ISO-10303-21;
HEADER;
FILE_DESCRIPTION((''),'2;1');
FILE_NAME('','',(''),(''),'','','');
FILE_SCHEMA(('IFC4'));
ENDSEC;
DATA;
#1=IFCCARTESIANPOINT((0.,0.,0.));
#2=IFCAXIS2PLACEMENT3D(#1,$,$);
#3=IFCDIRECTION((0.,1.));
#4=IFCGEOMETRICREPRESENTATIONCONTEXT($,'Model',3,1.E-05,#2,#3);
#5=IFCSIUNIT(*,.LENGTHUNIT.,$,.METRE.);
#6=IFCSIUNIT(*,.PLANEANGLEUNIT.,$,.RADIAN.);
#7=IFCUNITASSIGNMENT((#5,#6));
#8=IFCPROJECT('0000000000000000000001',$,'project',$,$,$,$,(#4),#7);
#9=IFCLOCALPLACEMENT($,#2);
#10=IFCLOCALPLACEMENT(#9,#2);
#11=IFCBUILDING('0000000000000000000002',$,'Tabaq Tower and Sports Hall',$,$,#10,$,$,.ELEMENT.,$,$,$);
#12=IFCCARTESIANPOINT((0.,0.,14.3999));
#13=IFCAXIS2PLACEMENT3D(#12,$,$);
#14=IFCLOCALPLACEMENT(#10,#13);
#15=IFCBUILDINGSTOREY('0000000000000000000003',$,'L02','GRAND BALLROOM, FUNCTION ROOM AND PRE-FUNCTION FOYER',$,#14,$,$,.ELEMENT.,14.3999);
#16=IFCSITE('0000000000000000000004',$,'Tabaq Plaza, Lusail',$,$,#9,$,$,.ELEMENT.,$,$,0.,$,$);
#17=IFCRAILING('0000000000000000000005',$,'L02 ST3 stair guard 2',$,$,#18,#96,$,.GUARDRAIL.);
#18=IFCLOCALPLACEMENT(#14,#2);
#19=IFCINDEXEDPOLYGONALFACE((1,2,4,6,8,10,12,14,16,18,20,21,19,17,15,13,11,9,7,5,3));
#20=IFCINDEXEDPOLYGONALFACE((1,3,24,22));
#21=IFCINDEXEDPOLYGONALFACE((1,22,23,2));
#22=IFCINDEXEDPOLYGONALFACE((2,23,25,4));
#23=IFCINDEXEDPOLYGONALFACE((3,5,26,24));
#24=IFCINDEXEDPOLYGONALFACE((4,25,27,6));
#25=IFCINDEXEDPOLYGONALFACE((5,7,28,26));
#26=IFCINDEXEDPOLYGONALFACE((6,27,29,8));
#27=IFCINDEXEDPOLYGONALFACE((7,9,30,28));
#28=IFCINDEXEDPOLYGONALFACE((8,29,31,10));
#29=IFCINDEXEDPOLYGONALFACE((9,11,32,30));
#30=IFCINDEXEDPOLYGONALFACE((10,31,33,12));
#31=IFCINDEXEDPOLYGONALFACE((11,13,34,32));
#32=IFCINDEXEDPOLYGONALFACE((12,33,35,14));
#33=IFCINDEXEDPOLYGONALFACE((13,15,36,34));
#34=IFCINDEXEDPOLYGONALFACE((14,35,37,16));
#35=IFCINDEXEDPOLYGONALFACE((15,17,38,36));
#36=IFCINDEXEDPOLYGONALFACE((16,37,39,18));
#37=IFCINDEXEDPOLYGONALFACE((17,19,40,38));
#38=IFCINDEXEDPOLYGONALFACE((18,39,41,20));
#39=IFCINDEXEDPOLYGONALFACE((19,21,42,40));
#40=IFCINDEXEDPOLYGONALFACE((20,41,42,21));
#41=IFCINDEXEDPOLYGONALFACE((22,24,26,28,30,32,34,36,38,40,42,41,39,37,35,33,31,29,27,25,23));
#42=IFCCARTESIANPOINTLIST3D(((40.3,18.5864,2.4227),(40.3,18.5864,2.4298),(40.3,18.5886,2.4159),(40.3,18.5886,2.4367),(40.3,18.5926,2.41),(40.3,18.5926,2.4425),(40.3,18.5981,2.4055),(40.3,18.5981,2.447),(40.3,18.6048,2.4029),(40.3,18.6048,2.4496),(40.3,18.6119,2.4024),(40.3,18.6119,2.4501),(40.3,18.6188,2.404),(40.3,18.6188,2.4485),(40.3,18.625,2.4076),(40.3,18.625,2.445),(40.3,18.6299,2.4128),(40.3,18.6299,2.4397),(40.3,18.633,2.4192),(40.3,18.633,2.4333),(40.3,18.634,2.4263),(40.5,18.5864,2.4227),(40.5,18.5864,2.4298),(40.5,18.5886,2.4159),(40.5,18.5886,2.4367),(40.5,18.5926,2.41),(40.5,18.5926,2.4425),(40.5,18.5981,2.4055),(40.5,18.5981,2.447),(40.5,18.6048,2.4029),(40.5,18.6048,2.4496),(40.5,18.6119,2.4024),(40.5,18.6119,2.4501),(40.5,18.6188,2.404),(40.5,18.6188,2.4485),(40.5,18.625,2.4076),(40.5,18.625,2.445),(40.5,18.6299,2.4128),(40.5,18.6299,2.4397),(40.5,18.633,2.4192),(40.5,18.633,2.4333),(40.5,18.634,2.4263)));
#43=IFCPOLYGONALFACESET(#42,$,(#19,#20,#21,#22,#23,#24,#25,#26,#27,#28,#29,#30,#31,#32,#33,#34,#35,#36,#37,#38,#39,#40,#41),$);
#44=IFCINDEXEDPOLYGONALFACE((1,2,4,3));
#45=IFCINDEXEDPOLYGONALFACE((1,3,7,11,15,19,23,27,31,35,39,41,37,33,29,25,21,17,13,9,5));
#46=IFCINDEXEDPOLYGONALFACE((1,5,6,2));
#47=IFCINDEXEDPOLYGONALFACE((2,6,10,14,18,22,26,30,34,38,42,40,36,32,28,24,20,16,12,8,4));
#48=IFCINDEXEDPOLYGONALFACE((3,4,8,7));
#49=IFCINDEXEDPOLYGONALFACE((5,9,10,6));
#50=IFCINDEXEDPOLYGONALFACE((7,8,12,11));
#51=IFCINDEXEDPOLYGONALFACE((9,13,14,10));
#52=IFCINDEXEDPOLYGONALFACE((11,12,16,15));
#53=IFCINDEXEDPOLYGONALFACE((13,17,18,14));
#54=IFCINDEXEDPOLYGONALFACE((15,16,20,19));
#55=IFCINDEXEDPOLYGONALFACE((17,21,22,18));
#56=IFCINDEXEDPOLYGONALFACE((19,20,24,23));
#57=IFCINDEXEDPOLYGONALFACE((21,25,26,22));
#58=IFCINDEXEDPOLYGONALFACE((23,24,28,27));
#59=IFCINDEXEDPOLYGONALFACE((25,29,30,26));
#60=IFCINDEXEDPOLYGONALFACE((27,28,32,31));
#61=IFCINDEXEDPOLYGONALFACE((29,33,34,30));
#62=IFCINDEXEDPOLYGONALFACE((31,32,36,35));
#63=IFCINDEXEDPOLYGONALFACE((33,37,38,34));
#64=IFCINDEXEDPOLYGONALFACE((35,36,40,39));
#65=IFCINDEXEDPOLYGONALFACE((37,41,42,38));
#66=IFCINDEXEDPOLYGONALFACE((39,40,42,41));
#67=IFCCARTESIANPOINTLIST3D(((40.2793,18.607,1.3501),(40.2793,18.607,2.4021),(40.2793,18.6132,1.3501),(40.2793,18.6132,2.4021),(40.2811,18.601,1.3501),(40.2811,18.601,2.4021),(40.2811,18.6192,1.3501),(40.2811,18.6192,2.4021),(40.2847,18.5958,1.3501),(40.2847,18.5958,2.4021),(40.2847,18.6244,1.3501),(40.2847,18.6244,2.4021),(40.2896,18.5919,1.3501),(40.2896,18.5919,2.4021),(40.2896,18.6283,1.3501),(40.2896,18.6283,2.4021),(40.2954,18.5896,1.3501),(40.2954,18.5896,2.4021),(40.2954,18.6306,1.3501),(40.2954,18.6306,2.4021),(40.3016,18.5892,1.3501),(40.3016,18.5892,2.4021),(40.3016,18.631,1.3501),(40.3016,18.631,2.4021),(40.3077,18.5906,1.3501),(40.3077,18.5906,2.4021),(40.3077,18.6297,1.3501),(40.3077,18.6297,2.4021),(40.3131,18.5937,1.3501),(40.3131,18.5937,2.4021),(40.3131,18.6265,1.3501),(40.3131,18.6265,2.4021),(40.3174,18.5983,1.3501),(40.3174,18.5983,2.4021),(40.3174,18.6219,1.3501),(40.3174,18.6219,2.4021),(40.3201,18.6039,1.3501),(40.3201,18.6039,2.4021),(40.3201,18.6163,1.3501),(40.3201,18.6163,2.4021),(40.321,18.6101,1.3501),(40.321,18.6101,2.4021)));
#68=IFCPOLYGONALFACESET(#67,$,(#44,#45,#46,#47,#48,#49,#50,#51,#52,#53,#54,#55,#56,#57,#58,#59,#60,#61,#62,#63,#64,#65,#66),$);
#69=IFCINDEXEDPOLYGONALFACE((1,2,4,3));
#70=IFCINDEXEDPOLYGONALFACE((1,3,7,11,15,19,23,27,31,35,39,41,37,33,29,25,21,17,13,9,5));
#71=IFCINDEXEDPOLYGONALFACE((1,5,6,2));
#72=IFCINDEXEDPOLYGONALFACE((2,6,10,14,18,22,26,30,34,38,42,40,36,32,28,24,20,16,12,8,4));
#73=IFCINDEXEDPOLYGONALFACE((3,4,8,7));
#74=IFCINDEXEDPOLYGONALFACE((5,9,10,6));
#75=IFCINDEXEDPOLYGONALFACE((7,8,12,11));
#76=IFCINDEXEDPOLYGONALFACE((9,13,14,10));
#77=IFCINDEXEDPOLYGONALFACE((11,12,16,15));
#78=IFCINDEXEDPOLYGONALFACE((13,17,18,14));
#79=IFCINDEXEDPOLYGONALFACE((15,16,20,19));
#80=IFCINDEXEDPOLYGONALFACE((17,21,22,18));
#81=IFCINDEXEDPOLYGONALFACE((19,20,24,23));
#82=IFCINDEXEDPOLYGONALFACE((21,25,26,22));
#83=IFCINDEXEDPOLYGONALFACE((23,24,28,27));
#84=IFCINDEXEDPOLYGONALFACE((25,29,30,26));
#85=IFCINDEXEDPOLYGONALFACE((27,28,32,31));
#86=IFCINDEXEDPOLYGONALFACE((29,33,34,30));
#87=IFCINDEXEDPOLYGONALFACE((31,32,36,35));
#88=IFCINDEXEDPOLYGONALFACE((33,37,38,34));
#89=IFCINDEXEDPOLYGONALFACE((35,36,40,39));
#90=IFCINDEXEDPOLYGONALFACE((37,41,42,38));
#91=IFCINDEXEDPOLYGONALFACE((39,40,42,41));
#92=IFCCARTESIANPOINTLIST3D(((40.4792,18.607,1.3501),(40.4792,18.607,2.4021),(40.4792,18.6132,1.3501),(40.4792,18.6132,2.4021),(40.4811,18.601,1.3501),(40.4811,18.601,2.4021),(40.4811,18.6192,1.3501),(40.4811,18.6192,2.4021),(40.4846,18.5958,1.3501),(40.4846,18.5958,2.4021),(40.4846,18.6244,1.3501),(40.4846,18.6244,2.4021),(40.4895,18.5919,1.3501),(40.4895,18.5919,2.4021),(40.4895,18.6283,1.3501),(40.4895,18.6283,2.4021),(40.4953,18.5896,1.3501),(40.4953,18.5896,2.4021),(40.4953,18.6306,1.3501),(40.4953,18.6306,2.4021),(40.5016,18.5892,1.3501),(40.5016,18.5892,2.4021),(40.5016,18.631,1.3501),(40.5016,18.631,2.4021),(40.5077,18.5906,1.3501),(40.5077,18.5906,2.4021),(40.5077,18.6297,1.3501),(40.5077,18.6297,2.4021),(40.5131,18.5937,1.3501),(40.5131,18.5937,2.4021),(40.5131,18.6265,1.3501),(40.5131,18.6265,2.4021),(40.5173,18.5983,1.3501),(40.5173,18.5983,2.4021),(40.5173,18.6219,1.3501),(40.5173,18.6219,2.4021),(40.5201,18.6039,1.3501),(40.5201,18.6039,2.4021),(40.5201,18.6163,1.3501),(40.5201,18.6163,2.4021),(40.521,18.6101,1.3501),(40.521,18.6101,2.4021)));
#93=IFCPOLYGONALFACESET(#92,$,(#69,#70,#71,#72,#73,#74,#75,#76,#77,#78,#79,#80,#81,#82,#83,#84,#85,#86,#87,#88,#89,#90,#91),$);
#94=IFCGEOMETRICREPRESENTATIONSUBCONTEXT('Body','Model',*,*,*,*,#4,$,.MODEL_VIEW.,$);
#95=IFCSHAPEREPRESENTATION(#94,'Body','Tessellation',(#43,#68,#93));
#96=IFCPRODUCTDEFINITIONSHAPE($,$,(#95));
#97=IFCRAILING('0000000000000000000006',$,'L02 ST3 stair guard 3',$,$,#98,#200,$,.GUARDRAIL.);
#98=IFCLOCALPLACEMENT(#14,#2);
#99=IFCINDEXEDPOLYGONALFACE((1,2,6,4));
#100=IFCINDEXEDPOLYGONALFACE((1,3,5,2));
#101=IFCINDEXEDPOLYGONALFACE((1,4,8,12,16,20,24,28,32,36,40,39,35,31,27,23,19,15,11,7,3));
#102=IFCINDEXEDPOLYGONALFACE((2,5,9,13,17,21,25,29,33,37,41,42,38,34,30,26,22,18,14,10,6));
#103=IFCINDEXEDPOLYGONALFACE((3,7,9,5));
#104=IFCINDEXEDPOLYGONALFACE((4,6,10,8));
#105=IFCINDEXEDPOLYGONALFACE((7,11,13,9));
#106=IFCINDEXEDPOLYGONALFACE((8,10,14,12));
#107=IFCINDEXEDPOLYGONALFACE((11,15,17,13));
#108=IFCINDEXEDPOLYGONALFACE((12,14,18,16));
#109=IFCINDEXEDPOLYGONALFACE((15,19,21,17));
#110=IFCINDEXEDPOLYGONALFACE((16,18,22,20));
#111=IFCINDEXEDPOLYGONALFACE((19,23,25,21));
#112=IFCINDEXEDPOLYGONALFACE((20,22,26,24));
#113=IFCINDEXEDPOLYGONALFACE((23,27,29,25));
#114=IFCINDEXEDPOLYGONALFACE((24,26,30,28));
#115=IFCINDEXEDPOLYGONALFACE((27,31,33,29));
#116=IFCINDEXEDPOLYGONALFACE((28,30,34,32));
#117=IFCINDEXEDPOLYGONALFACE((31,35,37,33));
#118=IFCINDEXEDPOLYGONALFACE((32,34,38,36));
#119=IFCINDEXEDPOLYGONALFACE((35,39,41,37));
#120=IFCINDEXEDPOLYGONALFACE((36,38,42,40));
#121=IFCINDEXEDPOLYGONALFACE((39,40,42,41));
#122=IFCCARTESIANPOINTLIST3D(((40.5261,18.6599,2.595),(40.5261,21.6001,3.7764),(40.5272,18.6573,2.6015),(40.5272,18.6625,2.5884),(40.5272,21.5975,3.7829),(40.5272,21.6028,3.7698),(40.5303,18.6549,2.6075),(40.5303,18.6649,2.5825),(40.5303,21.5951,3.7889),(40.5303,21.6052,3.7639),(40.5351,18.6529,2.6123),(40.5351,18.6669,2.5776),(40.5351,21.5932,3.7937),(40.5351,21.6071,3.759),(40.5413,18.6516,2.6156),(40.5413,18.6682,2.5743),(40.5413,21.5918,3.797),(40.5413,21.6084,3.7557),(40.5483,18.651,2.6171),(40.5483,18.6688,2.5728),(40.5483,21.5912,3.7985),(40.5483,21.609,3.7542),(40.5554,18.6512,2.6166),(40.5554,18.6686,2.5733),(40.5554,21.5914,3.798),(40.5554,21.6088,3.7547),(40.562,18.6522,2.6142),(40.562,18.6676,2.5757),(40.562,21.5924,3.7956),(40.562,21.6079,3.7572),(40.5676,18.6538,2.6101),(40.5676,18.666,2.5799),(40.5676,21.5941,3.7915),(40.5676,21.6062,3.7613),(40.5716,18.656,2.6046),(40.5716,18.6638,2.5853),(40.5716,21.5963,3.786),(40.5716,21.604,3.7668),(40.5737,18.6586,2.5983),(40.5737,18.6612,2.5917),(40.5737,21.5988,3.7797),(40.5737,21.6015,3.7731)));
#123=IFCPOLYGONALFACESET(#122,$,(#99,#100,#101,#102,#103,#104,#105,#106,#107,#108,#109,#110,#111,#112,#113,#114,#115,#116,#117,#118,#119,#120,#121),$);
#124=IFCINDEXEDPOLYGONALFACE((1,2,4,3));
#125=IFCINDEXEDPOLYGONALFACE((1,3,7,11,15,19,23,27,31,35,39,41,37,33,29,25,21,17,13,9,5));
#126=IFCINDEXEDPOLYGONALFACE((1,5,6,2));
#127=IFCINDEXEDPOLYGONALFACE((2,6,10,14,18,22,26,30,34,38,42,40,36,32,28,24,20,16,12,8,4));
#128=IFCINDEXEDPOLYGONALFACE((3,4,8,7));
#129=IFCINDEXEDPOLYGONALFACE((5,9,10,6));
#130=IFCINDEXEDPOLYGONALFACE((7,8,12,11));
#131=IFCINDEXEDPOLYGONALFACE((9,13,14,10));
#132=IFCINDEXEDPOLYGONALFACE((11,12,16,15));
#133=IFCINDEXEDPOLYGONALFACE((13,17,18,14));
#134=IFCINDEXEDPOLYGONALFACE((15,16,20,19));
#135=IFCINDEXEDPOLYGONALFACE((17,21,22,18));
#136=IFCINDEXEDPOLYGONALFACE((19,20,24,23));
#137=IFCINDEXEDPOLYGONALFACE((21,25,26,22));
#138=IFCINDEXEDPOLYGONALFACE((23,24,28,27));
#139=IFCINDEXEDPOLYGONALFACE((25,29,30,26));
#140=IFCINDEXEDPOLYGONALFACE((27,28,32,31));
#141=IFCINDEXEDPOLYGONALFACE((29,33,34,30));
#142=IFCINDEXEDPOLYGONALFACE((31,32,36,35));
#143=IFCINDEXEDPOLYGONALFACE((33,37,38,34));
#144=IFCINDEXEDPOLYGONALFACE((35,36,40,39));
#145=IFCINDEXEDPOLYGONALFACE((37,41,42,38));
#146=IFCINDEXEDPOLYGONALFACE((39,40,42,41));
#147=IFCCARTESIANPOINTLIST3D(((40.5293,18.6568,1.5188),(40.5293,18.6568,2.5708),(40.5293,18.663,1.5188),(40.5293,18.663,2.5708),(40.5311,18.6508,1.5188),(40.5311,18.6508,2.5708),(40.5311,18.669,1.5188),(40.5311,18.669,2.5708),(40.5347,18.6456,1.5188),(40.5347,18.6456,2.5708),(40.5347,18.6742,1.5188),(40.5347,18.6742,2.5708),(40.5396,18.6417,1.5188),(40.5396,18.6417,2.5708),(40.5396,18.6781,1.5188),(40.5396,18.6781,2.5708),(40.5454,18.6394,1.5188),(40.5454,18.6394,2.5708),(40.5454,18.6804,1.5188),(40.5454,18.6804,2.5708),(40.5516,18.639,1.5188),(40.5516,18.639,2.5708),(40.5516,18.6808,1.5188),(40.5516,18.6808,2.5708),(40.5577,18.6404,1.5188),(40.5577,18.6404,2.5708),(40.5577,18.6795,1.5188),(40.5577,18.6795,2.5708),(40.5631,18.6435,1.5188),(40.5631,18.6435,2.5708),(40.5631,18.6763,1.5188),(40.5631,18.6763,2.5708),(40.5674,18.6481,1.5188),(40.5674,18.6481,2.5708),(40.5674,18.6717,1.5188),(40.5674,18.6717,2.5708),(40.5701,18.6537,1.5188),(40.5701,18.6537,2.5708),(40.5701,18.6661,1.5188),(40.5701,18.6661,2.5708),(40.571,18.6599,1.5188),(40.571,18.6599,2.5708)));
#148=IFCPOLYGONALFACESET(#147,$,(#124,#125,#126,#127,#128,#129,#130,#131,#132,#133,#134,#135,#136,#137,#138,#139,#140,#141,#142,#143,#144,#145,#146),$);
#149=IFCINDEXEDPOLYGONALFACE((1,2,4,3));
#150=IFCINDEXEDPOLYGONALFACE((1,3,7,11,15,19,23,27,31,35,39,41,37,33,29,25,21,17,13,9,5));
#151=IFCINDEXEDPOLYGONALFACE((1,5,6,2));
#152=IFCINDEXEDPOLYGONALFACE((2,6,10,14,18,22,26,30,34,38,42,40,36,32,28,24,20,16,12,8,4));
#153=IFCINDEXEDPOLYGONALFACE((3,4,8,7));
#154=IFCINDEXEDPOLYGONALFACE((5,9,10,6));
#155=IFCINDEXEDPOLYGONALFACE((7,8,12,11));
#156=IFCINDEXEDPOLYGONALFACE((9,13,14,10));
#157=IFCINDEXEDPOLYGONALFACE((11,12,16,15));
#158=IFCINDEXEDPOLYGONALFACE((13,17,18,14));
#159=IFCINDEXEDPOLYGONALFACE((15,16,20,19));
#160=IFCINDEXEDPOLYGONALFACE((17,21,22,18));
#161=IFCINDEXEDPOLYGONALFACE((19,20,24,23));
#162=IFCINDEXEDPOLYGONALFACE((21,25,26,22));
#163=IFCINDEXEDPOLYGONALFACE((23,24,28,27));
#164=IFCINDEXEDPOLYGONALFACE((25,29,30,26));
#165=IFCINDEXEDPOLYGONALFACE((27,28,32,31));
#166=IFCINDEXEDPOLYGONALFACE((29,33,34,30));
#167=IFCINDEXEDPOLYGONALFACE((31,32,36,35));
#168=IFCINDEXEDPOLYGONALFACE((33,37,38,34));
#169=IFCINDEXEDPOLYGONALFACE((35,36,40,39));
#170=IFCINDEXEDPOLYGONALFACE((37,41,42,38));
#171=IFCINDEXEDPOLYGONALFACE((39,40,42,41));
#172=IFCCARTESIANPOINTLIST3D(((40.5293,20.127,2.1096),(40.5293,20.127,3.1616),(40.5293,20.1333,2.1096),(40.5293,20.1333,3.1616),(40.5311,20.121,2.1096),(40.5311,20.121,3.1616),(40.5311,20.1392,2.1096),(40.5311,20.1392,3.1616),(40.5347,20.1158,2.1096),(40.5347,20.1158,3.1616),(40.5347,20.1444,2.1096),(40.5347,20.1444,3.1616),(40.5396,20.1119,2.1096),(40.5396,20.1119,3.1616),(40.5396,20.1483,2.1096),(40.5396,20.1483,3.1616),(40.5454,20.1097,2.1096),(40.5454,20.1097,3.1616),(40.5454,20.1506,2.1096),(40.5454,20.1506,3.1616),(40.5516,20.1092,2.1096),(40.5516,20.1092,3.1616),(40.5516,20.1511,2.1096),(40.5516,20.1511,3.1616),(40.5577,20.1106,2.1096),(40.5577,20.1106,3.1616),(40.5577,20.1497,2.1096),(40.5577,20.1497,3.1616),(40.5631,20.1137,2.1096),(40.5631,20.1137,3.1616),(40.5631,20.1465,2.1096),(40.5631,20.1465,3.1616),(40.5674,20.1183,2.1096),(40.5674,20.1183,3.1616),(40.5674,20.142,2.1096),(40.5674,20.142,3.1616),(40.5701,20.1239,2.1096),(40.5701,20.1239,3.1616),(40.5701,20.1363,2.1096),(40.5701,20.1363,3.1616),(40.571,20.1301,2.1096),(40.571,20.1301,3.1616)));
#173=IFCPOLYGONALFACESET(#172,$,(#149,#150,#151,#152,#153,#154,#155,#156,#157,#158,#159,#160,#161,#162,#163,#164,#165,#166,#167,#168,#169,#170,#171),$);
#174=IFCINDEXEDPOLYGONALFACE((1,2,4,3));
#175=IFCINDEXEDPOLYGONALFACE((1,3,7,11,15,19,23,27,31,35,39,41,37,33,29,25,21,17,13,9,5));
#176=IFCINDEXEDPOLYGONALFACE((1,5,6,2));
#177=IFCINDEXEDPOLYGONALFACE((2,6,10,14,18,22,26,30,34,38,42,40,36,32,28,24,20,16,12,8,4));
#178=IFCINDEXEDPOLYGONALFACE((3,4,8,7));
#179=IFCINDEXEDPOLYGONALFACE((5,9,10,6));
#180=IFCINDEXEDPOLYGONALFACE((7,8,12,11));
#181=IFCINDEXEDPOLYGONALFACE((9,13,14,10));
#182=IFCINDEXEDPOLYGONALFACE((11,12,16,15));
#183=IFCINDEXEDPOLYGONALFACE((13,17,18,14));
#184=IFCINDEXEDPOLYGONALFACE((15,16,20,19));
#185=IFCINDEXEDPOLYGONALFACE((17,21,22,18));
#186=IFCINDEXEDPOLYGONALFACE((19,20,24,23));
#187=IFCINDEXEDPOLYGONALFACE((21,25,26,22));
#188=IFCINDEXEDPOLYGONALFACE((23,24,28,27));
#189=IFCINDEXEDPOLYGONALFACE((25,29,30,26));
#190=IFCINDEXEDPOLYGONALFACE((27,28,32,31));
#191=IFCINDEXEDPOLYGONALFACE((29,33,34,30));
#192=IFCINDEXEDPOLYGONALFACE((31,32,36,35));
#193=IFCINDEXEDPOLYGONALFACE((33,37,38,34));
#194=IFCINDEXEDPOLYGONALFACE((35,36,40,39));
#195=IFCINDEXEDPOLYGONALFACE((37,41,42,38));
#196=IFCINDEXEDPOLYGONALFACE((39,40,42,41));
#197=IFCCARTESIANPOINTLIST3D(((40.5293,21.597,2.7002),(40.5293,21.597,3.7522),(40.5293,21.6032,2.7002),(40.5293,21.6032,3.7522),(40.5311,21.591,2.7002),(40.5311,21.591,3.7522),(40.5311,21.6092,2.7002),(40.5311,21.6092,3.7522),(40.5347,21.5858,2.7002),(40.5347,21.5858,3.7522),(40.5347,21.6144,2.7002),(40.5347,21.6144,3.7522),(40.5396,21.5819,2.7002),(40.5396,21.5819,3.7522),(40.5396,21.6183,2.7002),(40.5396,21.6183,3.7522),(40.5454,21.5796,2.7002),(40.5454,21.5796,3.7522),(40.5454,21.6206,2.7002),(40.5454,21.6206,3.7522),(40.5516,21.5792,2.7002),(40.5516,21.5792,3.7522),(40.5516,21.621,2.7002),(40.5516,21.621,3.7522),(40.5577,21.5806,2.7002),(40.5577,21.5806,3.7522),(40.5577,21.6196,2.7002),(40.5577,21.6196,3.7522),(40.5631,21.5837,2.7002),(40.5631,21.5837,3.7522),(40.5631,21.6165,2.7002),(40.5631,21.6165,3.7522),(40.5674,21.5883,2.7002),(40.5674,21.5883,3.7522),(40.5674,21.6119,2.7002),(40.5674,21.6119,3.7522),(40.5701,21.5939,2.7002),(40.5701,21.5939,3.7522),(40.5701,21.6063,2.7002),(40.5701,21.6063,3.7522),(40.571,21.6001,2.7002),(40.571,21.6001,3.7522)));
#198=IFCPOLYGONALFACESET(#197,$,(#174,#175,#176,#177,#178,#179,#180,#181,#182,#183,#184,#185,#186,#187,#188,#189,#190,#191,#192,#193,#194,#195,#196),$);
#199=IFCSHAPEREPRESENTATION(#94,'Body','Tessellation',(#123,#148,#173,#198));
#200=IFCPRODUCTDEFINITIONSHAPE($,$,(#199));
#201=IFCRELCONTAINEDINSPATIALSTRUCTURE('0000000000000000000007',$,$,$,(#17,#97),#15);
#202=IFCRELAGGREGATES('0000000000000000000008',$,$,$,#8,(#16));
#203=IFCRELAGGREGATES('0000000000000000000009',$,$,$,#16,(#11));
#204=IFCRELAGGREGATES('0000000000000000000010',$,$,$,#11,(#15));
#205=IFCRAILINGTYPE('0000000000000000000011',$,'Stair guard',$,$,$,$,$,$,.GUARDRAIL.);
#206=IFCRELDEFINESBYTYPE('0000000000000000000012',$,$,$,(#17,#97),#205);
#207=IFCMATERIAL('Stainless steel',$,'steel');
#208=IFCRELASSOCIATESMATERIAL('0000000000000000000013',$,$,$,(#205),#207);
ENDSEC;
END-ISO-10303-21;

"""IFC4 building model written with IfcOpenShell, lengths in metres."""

from ifc_helpers import new_model, si_unit, direction, frame, origin, origin_2d, place, context, subcontext, project, spatial, circle, extrude, material, type_object, element, save


model = new_model("IFC4")

# Units and contexts
model_context = context("Model", 3, precision=1e-05, world=origin(), true_north=direction((0.0, 1.0)))
body_context = subcontext(model_context, "Body", "Model", "MODEL_VIEW")
ifc_project = project(units=[si_unit("LENGTHUNIT", "METRE"), si_unit("PLANEANGLEUNIT", "RADIAN")], contexts=[model_context])

# Site, building, storey
site_placement = place(None, origin())
site = spatial("IfcSite", under=ifc_project, at=site_placement, Name="Tabaq Plaza, Lusail", CompositionType="ELEMENT", RefElevation=0.0)
building_placement = place(site_placement, origin())
building = spatial("IfcBuilding", under=site, at=building_placement, Name="Tabaq Tower and Sports Hall", CompositionType="ELEMENT")
storey_placement = place(building_placement, frame((0.0, 0.0, 14.3999)))
storey = spatial("IfcBuildingStorey", under=building, at=storey_placement, Name="L02", Description="GRAND BALLROOM, FUNCTION ROOM AND PRE-FUNCTION FOYER", CompositionType="ELEMENT", Elevation=14.3999)

# Railings
ifc_material_1 = material(Name="Stainless steel", Category="steel")
railing_type_1 = type_object("IfcRailingType", Name="Stair guard", PredefinedType="GUARDRAIL", material=ifc_material_1)
railing_1_placement = place(storey_placement, frame((40.3, 18.6101, 1.3501)))
element("IfcRailing", 1, at=railing_1_placement, inside=storey, type_object=railing_type_1, Name="L02 ST3 stair guard 2", PredefinedType="GUARDRAIL", context=body_context, shape_type="SweptSolid", body=[
    extrude(circle(Radius=0.0239, at=origin_2d()), frame((0.0, 0.0, 1.0762), z_axis=(1.0, 0.0, 0.0), x_axis=(0.0, 1.0, 0.0)), (0.0, 0.0, 1.0), 0.2),
    extrude(circle(Radius=0.021, at=origin_2d()), origin(), (0.0, 0.0, 1.0), 1.052),
    extrude(circle(Radius=0.021, at=origin_2d()), frame((0.2, 0.0, 0.0)), (0.0, 0.0, 1.0), 1.052),
])
railing_2_placement = place(storey_placement, frame((40.55, 18.6599, 1.5188)))
element("IfcRailing", 2, at=railing_2_placement, inside=storey, type_object=railing_type_1, Name="L02 ST3 stair guard 3", PredefinedType="GUARDRAIL", context=body_context, shape_type="SweptSolid", body=[
    extrude(circle(Radius=0.0239, at=origin_2d()), frame((0.0, 0.0, 1.0762), z_axis=(0.0, 0.927896, 0.372838), x_axis=(-1.0, 0.0, 0.0)), (0.0, 0.0, 1.0), 3.1687),
    extrude(circle(Radius=0.021, at=origin_2d()), origin(), (0.0, 0.0, 1.0), 1.052),
    extrude(circle(Radius=0.021, at=origin_2d()), frame((0.0, 1.4702, 0.5908)), (0.0, 0.0, 1.0), 1.052),
    extrude(circle(Radius=0.021, at=origin_2d()), frame((0.0, 2.9402, 1.1814)), (0.0, 0.0, 1.0), 1.052),
])

save(model, "model.ifc")
